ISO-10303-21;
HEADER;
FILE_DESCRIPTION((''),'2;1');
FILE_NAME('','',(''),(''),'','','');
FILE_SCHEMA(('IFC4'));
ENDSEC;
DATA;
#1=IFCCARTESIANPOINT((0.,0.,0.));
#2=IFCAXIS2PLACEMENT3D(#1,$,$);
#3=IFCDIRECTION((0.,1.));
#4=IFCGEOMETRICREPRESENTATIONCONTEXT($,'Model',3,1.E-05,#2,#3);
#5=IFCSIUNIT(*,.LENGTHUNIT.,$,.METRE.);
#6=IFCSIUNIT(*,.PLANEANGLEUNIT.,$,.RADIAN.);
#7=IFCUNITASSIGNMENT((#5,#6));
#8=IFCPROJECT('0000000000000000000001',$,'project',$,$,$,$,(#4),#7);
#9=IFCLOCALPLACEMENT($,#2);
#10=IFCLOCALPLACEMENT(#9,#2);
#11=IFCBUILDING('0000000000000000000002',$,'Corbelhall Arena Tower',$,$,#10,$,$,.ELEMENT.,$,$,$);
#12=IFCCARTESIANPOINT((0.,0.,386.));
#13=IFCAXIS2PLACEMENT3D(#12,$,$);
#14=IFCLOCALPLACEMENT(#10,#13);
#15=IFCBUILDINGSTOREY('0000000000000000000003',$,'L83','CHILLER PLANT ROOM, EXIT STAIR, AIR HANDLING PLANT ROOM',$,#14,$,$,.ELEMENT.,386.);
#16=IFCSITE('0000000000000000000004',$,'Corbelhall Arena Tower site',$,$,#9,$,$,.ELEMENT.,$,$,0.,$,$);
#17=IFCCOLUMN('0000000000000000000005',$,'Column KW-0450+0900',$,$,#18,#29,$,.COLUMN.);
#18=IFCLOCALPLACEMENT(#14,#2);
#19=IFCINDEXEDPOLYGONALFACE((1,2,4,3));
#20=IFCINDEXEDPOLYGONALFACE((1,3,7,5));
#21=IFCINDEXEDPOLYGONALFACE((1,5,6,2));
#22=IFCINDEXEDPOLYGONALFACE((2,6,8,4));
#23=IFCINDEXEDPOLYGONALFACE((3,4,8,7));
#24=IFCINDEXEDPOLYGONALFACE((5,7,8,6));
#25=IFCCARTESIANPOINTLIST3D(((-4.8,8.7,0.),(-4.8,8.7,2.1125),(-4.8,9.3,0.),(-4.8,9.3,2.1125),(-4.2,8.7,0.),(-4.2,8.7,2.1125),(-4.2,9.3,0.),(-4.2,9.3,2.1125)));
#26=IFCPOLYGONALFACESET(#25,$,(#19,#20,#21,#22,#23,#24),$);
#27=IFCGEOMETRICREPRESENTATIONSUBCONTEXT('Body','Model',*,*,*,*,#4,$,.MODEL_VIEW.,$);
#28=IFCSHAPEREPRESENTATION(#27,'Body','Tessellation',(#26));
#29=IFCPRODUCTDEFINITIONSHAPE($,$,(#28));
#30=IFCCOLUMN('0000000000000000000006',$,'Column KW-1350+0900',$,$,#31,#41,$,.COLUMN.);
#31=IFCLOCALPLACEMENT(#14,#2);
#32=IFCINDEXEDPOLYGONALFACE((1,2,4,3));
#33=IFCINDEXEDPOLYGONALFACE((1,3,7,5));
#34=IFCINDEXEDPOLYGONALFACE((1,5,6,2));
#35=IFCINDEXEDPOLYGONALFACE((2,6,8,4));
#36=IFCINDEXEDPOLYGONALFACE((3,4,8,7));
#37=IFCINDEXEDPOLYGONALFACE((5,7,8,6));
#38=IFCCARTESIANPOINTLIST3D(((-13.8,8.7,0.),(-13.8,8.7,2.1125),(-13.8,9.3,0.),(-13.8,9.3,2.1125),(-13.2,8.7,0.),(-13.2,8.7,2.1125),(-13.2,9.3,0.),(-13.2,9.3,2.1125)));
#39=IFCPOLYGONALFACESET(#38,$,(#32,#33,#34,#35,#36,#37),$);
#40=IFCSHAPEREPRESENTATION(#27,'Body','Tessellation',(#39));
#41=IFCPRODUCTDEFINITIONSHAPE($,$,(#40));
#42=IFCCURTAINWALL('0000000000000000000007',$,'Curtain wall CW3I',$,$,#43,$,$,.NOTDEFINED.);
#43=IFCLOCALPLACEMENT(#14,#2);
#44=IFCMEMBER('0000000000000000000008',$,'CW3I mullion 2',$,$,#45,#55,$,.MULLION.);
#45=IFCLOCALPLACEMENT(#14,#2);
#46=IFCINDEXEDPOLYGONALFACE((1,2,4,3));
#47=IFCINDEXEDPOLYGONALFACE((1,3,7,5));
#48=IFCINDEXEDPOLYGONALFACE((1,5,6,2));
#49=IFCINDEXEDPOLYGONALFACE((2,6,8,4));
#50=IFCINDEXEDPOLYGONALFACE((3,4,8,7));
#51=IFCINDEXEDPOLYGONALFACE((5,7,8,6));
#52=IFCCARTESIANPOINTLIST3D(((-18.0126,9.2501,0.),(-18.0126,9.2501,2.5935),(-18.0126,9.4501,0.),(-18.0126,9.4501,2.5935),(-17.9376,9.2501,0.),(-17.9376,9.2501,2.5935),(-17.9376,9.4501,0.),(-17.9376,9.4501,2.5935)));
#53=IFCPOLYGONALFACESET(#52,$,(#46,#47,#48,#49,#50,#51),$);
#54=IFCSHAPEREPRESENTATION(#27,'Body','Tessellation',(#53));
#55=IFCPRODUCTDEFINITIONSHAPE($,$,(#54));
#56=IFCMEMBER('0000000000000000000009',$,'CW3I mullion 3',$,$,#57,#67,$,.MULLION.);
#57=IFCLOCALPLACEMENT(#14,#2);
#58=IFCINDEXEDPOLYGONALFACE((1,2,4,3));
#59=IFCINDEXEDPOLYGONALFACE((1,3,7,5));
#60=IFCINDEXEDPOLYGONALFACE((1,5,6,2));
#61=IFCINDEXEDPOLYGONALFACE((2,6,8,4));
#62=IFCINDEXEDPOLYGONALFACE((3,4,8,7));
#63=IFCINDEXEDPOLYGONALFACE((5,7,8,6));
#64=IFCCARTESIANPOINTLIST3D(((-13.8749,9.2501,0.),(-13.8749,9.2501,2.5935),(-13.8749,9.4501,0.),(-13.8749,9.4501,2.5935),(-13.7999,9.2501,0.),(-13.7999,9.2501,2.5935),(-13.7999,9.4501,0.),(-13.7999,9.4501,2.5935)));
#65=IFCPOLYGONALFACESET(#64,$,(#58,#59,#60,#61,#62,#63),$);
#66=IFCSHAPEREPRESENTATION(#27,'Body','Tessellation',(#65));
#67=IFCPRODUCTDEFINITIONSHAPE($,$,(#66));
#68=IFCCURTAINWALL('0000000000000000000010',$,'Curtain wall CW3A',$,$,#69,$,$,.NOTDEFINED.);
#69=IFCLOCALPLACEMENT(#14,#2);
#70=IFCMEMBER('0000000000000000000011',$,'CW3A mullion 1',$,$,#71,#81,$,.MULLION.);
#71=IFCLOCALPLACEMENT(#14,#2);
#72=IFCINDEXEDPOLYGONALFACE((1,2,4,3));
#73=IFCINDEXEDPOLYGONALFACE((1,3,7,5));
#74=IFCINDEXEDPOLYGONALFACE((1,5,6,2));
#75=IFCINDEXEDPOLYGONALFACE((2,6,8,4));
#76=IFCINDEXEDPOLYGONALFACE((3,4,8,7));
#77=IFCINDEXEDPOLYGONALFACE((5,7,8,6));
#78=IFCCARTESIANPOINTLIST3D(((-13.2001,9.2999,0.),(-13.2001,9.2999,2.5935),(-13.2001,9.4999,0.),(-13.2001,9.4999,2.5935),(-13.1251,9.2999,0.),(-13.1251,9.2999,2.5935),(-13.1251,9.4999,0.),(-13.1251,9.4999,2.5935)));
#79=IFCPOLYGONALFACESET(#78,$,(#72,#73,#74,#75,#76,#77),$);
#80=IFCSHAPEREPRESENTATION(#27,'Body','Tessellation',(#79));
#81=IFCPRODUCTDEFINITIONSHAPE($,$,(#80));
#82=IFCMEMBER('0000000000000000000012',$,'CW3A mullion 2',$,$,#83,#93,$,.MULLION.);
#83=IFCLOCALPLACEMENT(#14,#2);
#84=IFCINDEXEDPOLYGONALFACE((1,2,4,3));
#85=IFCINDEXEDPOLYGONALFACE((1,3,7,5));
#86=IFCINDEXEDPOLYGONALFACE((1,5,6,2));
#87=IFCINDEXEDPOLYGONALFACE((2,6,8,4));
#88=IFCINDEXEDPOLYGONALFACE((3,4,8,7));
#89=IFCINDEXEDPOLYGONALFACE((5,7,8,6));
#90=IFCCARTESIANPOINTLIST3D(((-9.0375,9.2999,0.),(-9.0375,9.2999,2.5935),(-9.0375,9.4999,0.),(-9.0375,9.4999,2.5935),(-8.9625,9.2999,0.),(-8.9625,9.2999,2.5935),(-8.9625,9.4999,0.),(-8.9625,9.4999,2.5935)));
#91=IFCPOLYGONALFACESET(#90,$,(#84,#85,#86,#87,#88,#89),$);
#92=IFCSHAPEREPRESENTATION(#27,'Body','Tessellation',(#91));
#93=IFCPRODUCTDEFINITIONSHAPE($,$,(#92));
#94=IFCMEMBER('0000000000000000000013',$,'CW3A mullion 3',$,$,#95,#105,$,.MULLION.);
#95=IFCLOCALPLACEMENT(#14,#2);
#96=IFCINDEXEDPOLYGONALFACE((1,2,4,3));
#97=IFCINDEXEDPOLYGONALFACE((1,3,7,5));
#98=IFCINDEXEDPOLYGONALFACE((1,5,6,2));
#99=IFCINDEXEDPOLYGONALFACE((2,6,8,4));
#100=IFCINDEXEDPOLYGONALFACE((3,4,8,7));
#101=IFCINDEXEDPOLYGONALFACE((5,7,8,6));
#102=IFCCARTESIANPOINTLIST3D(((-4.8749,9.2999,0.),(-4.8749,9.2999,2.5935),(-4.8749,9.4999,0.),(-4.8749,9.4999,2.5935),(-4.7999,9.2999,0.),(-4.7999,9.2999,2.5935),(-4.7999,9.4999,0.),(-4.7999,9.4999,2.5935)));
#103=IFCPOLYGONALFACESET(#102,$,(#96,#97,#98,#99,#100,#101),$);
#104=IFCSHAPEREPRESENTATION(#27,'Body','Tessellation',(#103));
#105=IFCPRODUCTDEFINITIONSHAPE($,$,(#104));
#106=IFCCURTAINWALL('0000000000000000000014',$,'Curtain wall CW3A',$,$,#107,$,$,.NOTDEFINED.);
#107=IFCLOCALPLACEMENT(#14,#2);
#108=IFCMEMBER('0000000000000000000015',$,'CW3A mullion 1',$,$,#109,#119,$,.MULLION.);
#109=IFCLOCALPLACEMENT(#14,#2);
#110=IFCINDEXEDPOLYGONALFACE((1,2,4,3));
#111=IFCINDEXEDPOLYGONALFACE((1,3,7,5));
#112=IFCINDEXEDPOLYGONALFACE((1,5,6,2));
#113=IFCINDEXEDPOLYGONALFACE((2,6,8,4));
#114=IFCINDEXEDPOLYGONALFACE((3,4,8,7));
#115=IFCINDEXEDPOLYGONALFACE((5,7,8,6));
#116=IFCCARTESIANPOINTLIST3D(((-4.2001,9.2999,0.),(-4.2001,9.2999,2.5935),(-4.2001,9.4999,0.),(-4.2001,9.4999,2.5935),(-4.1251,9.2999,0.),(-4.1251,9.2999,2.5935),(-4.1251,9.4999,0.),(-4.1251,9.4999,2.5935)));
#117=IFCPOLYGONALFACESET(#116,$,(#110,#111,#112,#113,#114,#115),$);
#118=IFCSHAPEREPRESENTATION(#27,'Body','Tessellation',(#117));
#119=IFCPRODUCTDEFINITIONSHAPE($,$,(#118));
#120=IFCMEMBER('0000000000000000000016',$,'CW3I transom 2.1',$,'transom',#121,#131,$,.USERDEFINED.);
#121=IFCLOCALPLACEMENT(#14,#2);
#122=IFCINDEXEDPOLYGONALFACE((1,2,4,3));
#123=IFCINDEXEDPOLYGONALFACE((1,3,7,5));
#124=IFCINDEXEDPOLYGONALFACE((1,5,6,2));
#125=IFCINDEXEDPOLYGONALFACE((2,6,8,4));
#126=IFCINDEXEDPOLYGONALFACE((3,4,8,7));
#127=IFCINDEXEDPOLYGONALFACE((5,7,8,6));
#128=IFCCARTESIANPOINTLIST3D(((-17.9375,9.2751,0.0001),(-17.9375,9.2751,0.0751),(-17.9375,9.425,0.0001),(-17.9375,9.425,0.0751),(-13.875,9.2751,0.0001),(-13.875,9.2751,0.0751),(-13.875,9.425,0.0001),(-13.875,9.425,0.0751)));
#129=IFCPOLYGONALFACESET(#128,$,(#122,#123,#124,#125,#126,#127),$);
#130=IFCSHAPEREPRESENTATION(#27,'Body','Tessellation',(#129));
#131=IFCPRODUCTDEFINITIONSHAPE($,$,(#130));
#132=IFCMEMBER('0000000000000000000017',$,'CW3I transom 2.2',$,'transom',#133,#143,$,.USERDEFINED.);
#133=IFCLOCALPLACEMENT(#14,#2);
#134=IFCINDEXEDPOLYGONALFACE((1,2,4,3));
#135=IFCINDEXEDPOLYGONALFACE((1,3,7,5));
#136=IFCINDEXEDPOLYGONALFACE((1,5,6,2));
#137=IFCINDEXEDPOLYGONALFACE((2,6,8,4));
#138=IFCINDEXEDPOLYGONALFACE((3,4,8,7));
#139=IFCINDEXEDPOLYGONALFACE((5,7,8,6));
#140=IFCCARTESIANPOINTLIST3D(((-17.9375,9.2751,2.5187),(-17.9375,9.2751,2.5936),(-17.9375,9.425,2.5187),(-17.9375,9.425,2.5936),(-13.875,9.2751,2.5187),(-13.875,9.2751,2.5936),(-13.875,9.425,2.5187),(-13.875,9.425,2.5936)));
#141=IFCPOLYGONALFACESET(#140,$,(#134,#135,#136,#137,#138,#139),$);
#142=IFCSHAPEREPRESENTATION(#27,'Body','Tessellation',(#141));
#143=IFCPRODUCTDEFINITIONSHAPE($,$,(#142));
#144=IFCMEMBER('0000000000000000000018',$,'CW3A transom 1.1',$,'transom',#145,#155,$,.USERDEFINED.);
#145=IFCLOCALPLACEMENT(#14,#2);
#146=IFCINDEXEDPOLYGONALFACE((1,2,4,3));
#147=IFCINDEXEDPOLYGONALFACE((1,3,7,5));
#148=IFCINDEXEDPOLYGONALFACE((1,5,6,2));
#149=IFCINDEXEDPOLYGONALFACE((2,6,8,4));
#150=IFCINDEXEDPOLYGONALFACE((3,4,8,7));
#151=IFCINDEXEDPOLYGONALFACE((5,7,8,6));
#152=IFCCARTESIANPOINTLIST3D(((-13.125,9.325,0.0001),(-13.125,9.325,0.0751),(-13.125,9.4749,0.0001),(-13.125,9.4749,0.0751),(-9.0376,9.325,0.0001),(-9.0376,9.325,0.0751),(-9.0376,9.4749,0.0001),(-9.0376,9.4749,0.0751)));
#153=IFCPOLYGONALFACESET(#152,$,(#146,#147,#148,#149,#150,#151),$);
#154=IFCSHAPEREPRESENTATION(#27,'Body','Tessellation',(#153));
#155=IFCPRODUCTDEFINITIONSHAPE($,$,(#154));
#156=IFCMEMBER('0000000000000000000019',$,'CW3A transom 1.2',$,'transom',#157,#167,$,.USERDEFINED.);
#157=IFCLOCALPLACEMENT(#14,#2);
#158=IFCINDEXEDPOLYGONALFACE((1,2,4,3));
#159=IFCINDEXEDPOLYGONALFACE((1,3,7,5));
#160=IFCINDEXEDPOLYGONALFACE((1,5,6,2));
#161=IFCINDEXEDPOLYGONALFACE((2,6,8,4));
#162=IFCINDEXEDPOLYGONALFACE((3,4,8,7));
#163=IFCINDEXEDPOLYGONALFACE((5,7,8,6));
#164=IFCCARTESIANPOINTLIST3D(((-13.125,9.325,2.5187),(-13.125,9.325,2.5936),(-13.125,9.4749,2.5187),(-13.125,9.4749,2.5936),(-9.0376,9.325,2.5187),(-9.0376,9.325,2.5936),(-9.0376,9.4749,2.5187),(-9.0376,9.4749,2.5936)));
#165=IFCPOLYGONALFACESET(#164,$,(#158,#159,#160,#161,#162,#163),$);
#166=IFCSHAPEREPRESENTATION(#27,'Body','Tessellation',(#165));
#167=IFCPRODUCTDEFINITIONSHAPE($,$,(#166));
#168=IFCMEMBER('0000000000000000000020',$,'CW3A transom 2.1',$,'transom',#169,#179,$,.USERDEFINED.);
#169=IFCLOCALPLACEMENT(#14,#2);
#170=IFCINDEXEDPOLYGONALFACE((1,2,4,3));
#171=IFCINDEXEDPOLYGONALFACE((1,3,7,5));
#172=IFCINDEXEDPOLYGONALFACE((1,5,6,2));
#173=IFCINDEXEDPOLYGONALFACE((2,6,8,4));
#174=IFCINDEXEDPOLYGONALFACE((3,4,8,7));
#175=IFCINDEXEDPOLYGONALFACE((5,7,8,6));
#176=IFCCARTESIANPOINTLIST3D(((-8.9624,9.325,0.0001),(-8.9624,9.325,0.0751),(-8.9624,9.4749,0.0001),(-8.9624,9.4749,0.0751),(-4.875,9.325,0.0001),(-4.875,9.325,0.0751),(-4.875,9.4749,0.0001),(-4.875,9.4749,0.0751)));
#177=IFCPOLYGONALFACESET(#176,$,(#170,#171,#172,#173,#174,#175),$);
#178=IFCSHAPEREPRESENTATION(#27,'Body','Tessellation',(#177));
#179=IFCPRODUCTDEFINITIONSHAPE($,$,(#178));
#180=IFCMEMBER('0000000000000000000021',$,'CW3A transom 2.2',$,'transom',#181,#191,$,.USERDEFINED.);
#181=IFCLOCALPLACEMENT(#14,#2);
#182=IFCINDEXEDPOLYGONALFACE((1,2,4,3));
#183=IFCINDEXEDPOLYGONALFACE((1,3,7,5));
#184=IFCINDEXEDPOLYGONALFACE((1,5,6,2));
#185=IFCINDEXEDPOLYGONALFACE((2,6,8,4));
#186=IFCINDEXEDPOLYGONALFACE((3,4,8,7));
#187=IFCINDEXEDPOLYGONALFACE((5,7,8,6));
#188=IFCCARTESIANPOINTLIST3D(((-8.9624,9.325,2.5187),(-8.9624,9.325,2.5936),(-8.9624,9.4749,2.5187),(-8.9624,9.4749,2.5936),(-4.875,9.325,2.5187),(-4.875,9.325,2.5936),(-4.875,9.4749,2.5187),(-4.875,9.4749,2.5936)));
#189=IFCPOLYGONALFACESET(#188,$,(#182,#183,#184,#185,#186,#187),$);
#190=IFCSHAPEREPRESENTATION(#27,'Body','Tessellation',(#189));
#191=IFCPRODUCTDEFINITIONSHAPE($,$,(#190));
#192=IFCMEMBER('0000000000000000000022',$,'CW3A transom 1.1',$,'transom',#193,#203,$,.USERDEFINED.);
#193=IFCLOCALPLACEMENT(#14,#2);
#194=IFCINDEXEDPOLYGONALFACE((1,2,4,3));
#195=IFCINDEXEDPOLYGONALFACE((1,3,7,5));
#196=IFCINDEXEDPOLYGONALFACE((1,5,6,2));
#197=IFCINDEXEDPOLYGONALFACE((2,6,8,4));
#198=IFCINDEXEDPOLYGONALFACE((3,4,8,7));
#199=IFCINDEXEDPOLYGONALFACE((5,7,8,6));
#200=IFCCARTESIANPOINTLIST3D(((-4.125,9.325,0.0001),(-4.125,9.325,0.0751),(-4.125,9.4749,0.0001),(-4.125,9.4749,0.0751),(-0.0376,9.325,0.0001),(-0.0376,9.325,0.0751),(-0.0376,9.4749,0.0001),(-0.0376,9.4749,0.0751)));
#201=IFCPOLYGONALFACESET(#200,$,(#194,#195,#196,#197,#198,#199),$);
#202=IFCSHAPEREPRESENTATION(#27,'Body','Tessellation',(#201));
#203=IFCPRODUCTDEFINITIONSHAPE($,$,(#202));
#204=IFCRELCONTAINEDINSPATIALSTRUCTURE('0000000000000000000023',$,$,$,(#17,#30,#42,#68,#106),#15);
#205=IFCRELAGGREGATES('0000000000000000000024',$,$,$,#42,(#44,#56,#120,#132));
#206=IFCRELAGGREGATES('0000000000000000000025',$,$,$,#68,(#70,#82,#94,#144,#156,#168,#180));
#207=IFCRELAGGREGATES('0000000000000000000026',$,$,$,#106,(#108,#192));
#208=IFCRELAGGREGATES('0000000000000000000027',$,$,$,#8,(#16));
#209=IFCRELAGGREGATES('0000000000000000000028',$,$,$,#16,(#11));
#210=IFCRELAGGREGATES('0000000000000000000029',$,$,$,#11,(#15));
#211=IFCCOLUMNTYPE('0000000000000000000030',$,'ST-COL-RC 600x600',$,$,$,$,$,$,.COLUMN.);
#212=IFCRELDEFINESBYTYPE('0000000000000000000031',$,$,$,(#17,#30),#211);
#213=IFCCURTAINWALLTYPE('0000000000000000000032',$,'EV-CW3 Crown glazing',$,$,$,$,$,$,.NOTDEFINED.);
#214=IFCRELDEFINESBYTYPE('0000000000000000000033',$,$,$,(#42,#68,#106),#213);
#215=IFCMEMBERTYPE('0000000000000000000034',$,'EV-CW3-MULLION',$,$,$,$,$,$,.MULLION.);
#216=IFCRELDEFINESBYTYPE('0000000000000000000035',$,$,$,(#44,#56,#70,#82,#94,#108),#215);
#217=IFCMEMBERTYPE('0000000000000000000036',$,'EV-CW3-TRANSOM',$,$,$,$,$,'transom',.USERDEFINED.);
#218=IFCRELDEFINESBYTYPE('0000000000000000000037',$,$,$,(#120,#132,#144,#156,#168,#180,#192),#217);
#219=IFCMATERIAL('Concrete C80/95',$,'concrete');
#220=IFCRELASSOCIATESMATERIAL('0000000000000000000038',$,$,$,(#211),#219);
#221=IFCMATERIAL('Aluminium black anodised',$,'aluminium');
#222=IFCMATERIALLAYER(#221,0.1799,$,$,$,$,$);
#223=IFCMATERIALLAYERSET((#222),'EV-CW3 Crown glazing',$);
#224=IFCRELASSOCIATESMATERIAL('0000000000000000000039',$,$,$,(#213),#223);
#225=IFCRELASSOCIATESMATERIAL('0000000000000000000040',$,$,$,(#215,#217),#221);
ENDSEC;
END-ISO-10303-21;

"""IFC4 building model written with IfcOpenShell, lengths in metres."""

from ifc_helpers import new_model, si_unit, direction, frame, origin, origin_2d, place, context, subcontext, project, spatial, rectangle, extrude, material, layer, layer_set, material_profile, profile_set, type_object, element, aggregate, save


model = new_model("IFC4")

# Units and contexts
model_context = context("Model", 3, precision=1e-05, world=origin(), true_north=direction((0.0, 1.0)))
body_context = subcontext(model_context, "Body", "Model", "MODEL_VIEW")
ifc_project = project(units=[si_unit("LENGTHUNIT", "METRE"), si_unit("PLANEANGLEUNIT", "RADIAN")], contexts=[model_context])

# Site, building, storey
site_placement = place(None, origin())
site = spatial("IfcSite", under=ifc_project, at=site_placement, Name="Corbelhall Arena Tower site", CompositionType="ELEMENT", RefElevation=0.0)
building_placement = place(site_placement, origin())
building = spatial("IfcBuilding", under=site, at=building_placement, Name="Corbelhall Arena Tower", CompositionType="ELEMENT")
storey_placement = place(building_placement, frame((0.0, 0.0, 386.0)))
storey = spatial("IfcBuildingStorey", under=building, at=storey_placement, Name="L83", Description="CHILLER PLANT ROOM, EXIT STAIR, AIR HANDLING PLANT ROOM", CompositionType="ELEMENT", Elevation=386.0)

# Columns
ifc_material_1 = material(Name="Concrete C80/95", Category="concrete")
ifc_material_profile_1 = material_profile(ifc_material_1, rectangle(XDim=0.6001, YDim=0.6001, at=origin_2d()))
ifc_profile_set_1 = profile_set([ifc_material_profile_1], Name="Concrete C80/95")
column_type = type_object("IfcColumnType", Name="ST-COL-RC 600x600", PredefinedType="COLUMN", material=ifc_profile_set_1)
for number, where, z_axis, x_axis, name in (
    (1, (-4.5, 9.0, 0.0), (0.0, 0.0, 1.0), (1.0, 0.0, 0.0), "Column KW-0450+0900"),
    (2, (-13.5, 9.0, 0.0), (0.0, 0.0, 1.0), (1.0, 0.0, 0.0), "Column KW-1350+0900"),
):
    element("IfcColumn", number, at=place(storey_placement, frame(where, z_axis=z_axis, x_axis=x_axis)), inside=storey, type_object=column_type, Name=name, PredefinedType="COLUMN", context=body_context, shape_type="SweptSolid", body=[
        extrude(rectangle(XDim=0.6001, YDim=0.6001, at=origin_2d()), origin(), (0.0, 0.0, 1.0), 2.1125),
    ])

# Curtain walls, members
ifc_material_2 = material(Name="Aluminium black anodised", Category="aluminium")
ifc_layer_1 = layer(ifc_material_2, 0.1799)
ifc_layer_set_1 = layer_set([ifc_layer_1], Name="EV-CW3 Crown glazing")
curtain_wall_type = type_object("IfcCurtainWallType", Name="EV-CW3 Crown glazing", PredefinedType="NOTDEFINED", material=ifc_layer_set_1)
curtain_wall_1_placement = place(storey_placement, origin())
curtain_wall_1 = element("IfcCurtainWall", 3, at=curtain_wall_1_placement, inside=storey, type_object=curtain_wall_type, Name="Curtain wall CW3I", PredefinedType="NOTDEFINED")
ifc_material_profile_2 = material_profile(ifc_material_2, rectangle(XDim=0.2, YDim=0.075, at=origin_2d()))
ifc_profile_set_2 = profile_set([ifc_material_profile_2], Name="Aluminium black anodised")
member_type_1 = type_object("IfcMemberType", Name="EV-CW3-MULLION", PredefinedType="MULLION", material=ifc_profile_set_2)
member_1_placement = place(storey_placement, frame((-17.9751, 9.3501, 0.0), z_axis=(0.0, 0.0, 1.0), x_axis=(0.0, 1.0, 0.0)))
member_1 = element("IfcMember", 4, at=member_1_placement, type_object=member_type_1, Name="CW3I mullion 2", PredefinedType="MULLION", context=body_context, shape_type="SweptSolid", body=[
    extrude(rectangle(XDim=0.2, YDim=0.075, at=origin_2d()), origin(), (0.0, 0.0, 1.0), 2.5935),
])
member_2_placement = place(storey_placement, frame((-13.8374, 9.3501, 0.0), z_axis=(0.0, 0.0, 1.0), x_axis=(0.0, 1.0, 0.0)))
member_2 = element("IfcMember", 5, at=member_2_placement, type_object=member_type_1, Name="CW3I mullion 3", PredefinedType="MULLION", context=body_context, shape_type="SweptSolid", body=[
    extrude(rectangle(XDim=0.2, YDim=0.075, at=origin_2d()), origin(), (0.0, 0.0, 1.0), 2.5935),
])
curtain_wall_2_placement = place(storey_placement, origin())
curtain_wall_2 = element("IfcCurtainWall", 6, at=curtain_wall_2_placement, inside=storey, type_object=curtain_wall_type, Name="Curtain wall CW3A", PredefinedType="NOTDEFINED")
member_3_placement = place(storey_placement, frame((-13.1626, 9.3999, 0.0), z_axis=(0.0, 0.0, 1.0), x_axis=(0.0, 1.0, 0.0)))
member_3 = element("IfcMember", 7, at=member_3_placement, type_object=member_type_1, Name="CW3A mullion 1", PredefinedType="MULLION", context=body_context, shape_type="SweptSolid", body=[
    extrude(rectangle(XDim=0.2, YDim=0.075, at=origin_2d()), origin(), (0.0, 0.0, 1.0), 2.5935),
])
member_4_placement = place(storey_placement, frame((-9.0, 9.3999, 0.0), z_axis=(0.0, 0.0, 1.0), x_axis=(0.0, 1.0, 0.0)))
member_4 = element("IfcMember", 8, at=member_4_placement, type_object=member_type_1, Name="CW3A mullion 2", PredefinedType="MULLION", context=body_context, shape_type="SweptSolid", body=[
    extrude(rectangle(XDim=0.2, YDim=0.075, at=origin_2d()), origin(), (0.0, 0.0, 1.0), 2.5935),
])
member_5_placement = place(storey_placement, frame((-4.8374, 9.3999, 0.0), z_axis=(0.0, 0.0, 1.0), x_axis=(0.0, 1.0, 0.0)))
member_5 = element("IfcMember", 9, at=member_5_placement, type_object=member_type_1, Name="CW3A mullion 3", PredefinedType="MULLION", context=body_context, shape_type="SweptSolid", body=[
    extrude(rectangle(XDim=0.2, YDim=0.075, at=origin_2d()), origin(), (0.0, 0.0, 1.0), 2.5935),
])

# Curtain wall, member
curtain_wall_3_placement = place(storey_placement, origin())
curtain_wall_3 = element("IfcCurtainWall", 10, at=curtain_wall_3_placement, inside=storey, type_object=curtain_wall_type, Name="Curtain wall CW3A", PredefinedType="NOTDEFINED")
member_6_placement = place(storey_placement, frame((-4.1626, 9.3999, 0.0), z_axis=(0.0, 0.0, 1.0), x_axis=(0.0, 1.0, 0.0)))
member_6 = element("IfcMember", 11, at=member_6_placement, type_object=member_type_1, Name="CW3A mullion 1", PredefinedType="MULLION", context=body_context, shape_type="SweptSolid", body=[
    extrude(rectangle(XDim=0.2, YDim=0.075, at=origin_2d()), origin(), (0.0, 0.0, 1.0), 2.5935),
])

# Members
ifc_material_profile_3 = material_profile(ifc_material_2, rectangle(XDim=0.1499, YDim=0.075, at=origin_2d()))
ifc_profile_set_3 = profile_set([ifc_material_profile_3], Name="Aluminium black anodised")
member_type_2 = type_object("IfcMemberType", Name="EV-CW3-TRANSOM", ElementType="transom", PredefinedType="USERDEFINED", material=ifc_profile_set_3)
member_7_placement = place(storey_placement, frame((-17.9375, 9.3501, 0.0376), z_axis=(1.0, 0.0, 0.0), x_axis=(0.0, 1.0, 0.0)))
member_7 = element("IfcMember", 12, at=member_7_placement, type_object=member_type_2, Name="CW3I transom 2.1", ObjectType="transom", PredefinedType="USERDEFINED", context=body_context, shape_type="SweptSolid", body=[
    extrude(rectangle(XDim=0.1499, YDim=0.075, at=origin_2d()), origin(), (0.0, 0.0, 1.0), 4.0625),
])
member_8_placement = place(storey_placement, frame((-17.9375, 9.3501, 2.5562), z_axis=(1.0, 0.0, 0.0), x_axis=(0.0, 1.0, 0.0)))
member_8 = element("IfcMember", 13, at=member_8_placement, type_object=member_type_2, Name="CW3I transom 2.2", ObjectType="transom", PredefinedType="USERDEFINED", context=body_context, shape_type="SweptSolid", body=[
    extrude(rectangle(XDim=0.1499, YDim=0.075, at=origin_2d()), origin(), (0.0, 0.0, 1.0), 4.0625),
])
member_9_placement = place(storey_placement, frame((-13.125, 9.3999, 0.0376), z_axis=(1.0, 0.0, 0.0), x_axis=(0.0, 1.0, 0.0)))
member_9 = element("IfcMember", 14, at=member_9_placement, type_object=member_type_2, Name="CW3A transom 1.1", ObjectType="transom", PredefinedType="USERDEFINED", context=body_context, shape_type="SweptSolid", body=[
    extrude(rectangle(XDim=0.1499, YDim=0.075, at=origin_2d()), origin(), (0.0, 0.0, 1.0), 4.0874),
])
member_10_placement = place(storey_placement, frame((-13.125, 9.3999, 2.5562), z_axis=(1.0, 0.0, 0.0), x_axis=(0.0, 1.0, 0.0)))
member_10 = element("IfcMember", 15, at=member_10_placement, type_object=member_type_2, Name="CW3A transom 1.2", ObjectType="transom", PredefinedType="USERDEFINED", context=body_context, shape_type="SweptSolid", body=[
    extrude(rectangle(XDim=0.1499, YDim=0.075, at=origin_2d()), origin(), (0.0, 0.0, 1.0), 4.0874),
])
member_11_placement = place(storey_placement, frame((-8.9624, 9.3999, 0.0376), z_axis=(1.0, 0.0, 0.0), x_axis=(0.0, 1.0, 0.0)))
member_11 = element("IfcMember", 16, at=member_11_placement, type_object=member_type_2, Name="CW3A transom 2.1", ObjectType="transom", PredefinedType="USERDEFINED", context=body_context, shape_type="SweptSolid", body=[
    extrude(rectangle(XDim=0.1499, YDim=0.075, at=origin_2d()), origin(), (0.0, 0.0, 1.0), 4.0874),
])
member_12_placement = place(storey_placement, frame((-8.9624, 9.3999, 2.5562), z_axis=(1.0, 0.0, 0.0), x_axis=(0.0, 1.0, 0.0)))
member_12 = element("IfcMember", 17, at=member_12_placement, type_object=member_type_2, Name="CW3A transom 2.2", ObjectType="transom", PredefinedType="USERDEFINED", context=body_context, shape_type="SweptSolid", body=[
    extrude(rectangle(XDim=0.1499, YDim=0.075, at=origin_2d()), origin(), (0.0, 0.0, 1.0), 4.0874),
])
member_13_placement = place(storey_placement, frame((-4.125, 9.3999, 0.0376), z_axis=(1.0, 0.0, 0.0), x_axis=(0.0, 1.0, 0.0)))
member_13 = element("IfcMember", 18, at=member_13_placement, type_object=member_type_2, Name="CW3A transom 1.1", ObjectType="transom", PredefinedType="USERDEFINED", context=body_context, shape_type="SweptSolid", body=[
    extrude(rectangle(XDim=0.1499, YDim=0.075, at=origin_2d()), origin(), (0.0, 0.0, 1.0), 4.0874),
])

aggregate(curtain_wall_1, [member_1, member_2, member_7, member_8])
aggregate(curtain_wall_2, [member_3, member_4, member_5, member_9, member_10, member_11, member_12])
aggregate(curtain_wall_3, [member_6, member_13])

save(model, "model.ifc")
